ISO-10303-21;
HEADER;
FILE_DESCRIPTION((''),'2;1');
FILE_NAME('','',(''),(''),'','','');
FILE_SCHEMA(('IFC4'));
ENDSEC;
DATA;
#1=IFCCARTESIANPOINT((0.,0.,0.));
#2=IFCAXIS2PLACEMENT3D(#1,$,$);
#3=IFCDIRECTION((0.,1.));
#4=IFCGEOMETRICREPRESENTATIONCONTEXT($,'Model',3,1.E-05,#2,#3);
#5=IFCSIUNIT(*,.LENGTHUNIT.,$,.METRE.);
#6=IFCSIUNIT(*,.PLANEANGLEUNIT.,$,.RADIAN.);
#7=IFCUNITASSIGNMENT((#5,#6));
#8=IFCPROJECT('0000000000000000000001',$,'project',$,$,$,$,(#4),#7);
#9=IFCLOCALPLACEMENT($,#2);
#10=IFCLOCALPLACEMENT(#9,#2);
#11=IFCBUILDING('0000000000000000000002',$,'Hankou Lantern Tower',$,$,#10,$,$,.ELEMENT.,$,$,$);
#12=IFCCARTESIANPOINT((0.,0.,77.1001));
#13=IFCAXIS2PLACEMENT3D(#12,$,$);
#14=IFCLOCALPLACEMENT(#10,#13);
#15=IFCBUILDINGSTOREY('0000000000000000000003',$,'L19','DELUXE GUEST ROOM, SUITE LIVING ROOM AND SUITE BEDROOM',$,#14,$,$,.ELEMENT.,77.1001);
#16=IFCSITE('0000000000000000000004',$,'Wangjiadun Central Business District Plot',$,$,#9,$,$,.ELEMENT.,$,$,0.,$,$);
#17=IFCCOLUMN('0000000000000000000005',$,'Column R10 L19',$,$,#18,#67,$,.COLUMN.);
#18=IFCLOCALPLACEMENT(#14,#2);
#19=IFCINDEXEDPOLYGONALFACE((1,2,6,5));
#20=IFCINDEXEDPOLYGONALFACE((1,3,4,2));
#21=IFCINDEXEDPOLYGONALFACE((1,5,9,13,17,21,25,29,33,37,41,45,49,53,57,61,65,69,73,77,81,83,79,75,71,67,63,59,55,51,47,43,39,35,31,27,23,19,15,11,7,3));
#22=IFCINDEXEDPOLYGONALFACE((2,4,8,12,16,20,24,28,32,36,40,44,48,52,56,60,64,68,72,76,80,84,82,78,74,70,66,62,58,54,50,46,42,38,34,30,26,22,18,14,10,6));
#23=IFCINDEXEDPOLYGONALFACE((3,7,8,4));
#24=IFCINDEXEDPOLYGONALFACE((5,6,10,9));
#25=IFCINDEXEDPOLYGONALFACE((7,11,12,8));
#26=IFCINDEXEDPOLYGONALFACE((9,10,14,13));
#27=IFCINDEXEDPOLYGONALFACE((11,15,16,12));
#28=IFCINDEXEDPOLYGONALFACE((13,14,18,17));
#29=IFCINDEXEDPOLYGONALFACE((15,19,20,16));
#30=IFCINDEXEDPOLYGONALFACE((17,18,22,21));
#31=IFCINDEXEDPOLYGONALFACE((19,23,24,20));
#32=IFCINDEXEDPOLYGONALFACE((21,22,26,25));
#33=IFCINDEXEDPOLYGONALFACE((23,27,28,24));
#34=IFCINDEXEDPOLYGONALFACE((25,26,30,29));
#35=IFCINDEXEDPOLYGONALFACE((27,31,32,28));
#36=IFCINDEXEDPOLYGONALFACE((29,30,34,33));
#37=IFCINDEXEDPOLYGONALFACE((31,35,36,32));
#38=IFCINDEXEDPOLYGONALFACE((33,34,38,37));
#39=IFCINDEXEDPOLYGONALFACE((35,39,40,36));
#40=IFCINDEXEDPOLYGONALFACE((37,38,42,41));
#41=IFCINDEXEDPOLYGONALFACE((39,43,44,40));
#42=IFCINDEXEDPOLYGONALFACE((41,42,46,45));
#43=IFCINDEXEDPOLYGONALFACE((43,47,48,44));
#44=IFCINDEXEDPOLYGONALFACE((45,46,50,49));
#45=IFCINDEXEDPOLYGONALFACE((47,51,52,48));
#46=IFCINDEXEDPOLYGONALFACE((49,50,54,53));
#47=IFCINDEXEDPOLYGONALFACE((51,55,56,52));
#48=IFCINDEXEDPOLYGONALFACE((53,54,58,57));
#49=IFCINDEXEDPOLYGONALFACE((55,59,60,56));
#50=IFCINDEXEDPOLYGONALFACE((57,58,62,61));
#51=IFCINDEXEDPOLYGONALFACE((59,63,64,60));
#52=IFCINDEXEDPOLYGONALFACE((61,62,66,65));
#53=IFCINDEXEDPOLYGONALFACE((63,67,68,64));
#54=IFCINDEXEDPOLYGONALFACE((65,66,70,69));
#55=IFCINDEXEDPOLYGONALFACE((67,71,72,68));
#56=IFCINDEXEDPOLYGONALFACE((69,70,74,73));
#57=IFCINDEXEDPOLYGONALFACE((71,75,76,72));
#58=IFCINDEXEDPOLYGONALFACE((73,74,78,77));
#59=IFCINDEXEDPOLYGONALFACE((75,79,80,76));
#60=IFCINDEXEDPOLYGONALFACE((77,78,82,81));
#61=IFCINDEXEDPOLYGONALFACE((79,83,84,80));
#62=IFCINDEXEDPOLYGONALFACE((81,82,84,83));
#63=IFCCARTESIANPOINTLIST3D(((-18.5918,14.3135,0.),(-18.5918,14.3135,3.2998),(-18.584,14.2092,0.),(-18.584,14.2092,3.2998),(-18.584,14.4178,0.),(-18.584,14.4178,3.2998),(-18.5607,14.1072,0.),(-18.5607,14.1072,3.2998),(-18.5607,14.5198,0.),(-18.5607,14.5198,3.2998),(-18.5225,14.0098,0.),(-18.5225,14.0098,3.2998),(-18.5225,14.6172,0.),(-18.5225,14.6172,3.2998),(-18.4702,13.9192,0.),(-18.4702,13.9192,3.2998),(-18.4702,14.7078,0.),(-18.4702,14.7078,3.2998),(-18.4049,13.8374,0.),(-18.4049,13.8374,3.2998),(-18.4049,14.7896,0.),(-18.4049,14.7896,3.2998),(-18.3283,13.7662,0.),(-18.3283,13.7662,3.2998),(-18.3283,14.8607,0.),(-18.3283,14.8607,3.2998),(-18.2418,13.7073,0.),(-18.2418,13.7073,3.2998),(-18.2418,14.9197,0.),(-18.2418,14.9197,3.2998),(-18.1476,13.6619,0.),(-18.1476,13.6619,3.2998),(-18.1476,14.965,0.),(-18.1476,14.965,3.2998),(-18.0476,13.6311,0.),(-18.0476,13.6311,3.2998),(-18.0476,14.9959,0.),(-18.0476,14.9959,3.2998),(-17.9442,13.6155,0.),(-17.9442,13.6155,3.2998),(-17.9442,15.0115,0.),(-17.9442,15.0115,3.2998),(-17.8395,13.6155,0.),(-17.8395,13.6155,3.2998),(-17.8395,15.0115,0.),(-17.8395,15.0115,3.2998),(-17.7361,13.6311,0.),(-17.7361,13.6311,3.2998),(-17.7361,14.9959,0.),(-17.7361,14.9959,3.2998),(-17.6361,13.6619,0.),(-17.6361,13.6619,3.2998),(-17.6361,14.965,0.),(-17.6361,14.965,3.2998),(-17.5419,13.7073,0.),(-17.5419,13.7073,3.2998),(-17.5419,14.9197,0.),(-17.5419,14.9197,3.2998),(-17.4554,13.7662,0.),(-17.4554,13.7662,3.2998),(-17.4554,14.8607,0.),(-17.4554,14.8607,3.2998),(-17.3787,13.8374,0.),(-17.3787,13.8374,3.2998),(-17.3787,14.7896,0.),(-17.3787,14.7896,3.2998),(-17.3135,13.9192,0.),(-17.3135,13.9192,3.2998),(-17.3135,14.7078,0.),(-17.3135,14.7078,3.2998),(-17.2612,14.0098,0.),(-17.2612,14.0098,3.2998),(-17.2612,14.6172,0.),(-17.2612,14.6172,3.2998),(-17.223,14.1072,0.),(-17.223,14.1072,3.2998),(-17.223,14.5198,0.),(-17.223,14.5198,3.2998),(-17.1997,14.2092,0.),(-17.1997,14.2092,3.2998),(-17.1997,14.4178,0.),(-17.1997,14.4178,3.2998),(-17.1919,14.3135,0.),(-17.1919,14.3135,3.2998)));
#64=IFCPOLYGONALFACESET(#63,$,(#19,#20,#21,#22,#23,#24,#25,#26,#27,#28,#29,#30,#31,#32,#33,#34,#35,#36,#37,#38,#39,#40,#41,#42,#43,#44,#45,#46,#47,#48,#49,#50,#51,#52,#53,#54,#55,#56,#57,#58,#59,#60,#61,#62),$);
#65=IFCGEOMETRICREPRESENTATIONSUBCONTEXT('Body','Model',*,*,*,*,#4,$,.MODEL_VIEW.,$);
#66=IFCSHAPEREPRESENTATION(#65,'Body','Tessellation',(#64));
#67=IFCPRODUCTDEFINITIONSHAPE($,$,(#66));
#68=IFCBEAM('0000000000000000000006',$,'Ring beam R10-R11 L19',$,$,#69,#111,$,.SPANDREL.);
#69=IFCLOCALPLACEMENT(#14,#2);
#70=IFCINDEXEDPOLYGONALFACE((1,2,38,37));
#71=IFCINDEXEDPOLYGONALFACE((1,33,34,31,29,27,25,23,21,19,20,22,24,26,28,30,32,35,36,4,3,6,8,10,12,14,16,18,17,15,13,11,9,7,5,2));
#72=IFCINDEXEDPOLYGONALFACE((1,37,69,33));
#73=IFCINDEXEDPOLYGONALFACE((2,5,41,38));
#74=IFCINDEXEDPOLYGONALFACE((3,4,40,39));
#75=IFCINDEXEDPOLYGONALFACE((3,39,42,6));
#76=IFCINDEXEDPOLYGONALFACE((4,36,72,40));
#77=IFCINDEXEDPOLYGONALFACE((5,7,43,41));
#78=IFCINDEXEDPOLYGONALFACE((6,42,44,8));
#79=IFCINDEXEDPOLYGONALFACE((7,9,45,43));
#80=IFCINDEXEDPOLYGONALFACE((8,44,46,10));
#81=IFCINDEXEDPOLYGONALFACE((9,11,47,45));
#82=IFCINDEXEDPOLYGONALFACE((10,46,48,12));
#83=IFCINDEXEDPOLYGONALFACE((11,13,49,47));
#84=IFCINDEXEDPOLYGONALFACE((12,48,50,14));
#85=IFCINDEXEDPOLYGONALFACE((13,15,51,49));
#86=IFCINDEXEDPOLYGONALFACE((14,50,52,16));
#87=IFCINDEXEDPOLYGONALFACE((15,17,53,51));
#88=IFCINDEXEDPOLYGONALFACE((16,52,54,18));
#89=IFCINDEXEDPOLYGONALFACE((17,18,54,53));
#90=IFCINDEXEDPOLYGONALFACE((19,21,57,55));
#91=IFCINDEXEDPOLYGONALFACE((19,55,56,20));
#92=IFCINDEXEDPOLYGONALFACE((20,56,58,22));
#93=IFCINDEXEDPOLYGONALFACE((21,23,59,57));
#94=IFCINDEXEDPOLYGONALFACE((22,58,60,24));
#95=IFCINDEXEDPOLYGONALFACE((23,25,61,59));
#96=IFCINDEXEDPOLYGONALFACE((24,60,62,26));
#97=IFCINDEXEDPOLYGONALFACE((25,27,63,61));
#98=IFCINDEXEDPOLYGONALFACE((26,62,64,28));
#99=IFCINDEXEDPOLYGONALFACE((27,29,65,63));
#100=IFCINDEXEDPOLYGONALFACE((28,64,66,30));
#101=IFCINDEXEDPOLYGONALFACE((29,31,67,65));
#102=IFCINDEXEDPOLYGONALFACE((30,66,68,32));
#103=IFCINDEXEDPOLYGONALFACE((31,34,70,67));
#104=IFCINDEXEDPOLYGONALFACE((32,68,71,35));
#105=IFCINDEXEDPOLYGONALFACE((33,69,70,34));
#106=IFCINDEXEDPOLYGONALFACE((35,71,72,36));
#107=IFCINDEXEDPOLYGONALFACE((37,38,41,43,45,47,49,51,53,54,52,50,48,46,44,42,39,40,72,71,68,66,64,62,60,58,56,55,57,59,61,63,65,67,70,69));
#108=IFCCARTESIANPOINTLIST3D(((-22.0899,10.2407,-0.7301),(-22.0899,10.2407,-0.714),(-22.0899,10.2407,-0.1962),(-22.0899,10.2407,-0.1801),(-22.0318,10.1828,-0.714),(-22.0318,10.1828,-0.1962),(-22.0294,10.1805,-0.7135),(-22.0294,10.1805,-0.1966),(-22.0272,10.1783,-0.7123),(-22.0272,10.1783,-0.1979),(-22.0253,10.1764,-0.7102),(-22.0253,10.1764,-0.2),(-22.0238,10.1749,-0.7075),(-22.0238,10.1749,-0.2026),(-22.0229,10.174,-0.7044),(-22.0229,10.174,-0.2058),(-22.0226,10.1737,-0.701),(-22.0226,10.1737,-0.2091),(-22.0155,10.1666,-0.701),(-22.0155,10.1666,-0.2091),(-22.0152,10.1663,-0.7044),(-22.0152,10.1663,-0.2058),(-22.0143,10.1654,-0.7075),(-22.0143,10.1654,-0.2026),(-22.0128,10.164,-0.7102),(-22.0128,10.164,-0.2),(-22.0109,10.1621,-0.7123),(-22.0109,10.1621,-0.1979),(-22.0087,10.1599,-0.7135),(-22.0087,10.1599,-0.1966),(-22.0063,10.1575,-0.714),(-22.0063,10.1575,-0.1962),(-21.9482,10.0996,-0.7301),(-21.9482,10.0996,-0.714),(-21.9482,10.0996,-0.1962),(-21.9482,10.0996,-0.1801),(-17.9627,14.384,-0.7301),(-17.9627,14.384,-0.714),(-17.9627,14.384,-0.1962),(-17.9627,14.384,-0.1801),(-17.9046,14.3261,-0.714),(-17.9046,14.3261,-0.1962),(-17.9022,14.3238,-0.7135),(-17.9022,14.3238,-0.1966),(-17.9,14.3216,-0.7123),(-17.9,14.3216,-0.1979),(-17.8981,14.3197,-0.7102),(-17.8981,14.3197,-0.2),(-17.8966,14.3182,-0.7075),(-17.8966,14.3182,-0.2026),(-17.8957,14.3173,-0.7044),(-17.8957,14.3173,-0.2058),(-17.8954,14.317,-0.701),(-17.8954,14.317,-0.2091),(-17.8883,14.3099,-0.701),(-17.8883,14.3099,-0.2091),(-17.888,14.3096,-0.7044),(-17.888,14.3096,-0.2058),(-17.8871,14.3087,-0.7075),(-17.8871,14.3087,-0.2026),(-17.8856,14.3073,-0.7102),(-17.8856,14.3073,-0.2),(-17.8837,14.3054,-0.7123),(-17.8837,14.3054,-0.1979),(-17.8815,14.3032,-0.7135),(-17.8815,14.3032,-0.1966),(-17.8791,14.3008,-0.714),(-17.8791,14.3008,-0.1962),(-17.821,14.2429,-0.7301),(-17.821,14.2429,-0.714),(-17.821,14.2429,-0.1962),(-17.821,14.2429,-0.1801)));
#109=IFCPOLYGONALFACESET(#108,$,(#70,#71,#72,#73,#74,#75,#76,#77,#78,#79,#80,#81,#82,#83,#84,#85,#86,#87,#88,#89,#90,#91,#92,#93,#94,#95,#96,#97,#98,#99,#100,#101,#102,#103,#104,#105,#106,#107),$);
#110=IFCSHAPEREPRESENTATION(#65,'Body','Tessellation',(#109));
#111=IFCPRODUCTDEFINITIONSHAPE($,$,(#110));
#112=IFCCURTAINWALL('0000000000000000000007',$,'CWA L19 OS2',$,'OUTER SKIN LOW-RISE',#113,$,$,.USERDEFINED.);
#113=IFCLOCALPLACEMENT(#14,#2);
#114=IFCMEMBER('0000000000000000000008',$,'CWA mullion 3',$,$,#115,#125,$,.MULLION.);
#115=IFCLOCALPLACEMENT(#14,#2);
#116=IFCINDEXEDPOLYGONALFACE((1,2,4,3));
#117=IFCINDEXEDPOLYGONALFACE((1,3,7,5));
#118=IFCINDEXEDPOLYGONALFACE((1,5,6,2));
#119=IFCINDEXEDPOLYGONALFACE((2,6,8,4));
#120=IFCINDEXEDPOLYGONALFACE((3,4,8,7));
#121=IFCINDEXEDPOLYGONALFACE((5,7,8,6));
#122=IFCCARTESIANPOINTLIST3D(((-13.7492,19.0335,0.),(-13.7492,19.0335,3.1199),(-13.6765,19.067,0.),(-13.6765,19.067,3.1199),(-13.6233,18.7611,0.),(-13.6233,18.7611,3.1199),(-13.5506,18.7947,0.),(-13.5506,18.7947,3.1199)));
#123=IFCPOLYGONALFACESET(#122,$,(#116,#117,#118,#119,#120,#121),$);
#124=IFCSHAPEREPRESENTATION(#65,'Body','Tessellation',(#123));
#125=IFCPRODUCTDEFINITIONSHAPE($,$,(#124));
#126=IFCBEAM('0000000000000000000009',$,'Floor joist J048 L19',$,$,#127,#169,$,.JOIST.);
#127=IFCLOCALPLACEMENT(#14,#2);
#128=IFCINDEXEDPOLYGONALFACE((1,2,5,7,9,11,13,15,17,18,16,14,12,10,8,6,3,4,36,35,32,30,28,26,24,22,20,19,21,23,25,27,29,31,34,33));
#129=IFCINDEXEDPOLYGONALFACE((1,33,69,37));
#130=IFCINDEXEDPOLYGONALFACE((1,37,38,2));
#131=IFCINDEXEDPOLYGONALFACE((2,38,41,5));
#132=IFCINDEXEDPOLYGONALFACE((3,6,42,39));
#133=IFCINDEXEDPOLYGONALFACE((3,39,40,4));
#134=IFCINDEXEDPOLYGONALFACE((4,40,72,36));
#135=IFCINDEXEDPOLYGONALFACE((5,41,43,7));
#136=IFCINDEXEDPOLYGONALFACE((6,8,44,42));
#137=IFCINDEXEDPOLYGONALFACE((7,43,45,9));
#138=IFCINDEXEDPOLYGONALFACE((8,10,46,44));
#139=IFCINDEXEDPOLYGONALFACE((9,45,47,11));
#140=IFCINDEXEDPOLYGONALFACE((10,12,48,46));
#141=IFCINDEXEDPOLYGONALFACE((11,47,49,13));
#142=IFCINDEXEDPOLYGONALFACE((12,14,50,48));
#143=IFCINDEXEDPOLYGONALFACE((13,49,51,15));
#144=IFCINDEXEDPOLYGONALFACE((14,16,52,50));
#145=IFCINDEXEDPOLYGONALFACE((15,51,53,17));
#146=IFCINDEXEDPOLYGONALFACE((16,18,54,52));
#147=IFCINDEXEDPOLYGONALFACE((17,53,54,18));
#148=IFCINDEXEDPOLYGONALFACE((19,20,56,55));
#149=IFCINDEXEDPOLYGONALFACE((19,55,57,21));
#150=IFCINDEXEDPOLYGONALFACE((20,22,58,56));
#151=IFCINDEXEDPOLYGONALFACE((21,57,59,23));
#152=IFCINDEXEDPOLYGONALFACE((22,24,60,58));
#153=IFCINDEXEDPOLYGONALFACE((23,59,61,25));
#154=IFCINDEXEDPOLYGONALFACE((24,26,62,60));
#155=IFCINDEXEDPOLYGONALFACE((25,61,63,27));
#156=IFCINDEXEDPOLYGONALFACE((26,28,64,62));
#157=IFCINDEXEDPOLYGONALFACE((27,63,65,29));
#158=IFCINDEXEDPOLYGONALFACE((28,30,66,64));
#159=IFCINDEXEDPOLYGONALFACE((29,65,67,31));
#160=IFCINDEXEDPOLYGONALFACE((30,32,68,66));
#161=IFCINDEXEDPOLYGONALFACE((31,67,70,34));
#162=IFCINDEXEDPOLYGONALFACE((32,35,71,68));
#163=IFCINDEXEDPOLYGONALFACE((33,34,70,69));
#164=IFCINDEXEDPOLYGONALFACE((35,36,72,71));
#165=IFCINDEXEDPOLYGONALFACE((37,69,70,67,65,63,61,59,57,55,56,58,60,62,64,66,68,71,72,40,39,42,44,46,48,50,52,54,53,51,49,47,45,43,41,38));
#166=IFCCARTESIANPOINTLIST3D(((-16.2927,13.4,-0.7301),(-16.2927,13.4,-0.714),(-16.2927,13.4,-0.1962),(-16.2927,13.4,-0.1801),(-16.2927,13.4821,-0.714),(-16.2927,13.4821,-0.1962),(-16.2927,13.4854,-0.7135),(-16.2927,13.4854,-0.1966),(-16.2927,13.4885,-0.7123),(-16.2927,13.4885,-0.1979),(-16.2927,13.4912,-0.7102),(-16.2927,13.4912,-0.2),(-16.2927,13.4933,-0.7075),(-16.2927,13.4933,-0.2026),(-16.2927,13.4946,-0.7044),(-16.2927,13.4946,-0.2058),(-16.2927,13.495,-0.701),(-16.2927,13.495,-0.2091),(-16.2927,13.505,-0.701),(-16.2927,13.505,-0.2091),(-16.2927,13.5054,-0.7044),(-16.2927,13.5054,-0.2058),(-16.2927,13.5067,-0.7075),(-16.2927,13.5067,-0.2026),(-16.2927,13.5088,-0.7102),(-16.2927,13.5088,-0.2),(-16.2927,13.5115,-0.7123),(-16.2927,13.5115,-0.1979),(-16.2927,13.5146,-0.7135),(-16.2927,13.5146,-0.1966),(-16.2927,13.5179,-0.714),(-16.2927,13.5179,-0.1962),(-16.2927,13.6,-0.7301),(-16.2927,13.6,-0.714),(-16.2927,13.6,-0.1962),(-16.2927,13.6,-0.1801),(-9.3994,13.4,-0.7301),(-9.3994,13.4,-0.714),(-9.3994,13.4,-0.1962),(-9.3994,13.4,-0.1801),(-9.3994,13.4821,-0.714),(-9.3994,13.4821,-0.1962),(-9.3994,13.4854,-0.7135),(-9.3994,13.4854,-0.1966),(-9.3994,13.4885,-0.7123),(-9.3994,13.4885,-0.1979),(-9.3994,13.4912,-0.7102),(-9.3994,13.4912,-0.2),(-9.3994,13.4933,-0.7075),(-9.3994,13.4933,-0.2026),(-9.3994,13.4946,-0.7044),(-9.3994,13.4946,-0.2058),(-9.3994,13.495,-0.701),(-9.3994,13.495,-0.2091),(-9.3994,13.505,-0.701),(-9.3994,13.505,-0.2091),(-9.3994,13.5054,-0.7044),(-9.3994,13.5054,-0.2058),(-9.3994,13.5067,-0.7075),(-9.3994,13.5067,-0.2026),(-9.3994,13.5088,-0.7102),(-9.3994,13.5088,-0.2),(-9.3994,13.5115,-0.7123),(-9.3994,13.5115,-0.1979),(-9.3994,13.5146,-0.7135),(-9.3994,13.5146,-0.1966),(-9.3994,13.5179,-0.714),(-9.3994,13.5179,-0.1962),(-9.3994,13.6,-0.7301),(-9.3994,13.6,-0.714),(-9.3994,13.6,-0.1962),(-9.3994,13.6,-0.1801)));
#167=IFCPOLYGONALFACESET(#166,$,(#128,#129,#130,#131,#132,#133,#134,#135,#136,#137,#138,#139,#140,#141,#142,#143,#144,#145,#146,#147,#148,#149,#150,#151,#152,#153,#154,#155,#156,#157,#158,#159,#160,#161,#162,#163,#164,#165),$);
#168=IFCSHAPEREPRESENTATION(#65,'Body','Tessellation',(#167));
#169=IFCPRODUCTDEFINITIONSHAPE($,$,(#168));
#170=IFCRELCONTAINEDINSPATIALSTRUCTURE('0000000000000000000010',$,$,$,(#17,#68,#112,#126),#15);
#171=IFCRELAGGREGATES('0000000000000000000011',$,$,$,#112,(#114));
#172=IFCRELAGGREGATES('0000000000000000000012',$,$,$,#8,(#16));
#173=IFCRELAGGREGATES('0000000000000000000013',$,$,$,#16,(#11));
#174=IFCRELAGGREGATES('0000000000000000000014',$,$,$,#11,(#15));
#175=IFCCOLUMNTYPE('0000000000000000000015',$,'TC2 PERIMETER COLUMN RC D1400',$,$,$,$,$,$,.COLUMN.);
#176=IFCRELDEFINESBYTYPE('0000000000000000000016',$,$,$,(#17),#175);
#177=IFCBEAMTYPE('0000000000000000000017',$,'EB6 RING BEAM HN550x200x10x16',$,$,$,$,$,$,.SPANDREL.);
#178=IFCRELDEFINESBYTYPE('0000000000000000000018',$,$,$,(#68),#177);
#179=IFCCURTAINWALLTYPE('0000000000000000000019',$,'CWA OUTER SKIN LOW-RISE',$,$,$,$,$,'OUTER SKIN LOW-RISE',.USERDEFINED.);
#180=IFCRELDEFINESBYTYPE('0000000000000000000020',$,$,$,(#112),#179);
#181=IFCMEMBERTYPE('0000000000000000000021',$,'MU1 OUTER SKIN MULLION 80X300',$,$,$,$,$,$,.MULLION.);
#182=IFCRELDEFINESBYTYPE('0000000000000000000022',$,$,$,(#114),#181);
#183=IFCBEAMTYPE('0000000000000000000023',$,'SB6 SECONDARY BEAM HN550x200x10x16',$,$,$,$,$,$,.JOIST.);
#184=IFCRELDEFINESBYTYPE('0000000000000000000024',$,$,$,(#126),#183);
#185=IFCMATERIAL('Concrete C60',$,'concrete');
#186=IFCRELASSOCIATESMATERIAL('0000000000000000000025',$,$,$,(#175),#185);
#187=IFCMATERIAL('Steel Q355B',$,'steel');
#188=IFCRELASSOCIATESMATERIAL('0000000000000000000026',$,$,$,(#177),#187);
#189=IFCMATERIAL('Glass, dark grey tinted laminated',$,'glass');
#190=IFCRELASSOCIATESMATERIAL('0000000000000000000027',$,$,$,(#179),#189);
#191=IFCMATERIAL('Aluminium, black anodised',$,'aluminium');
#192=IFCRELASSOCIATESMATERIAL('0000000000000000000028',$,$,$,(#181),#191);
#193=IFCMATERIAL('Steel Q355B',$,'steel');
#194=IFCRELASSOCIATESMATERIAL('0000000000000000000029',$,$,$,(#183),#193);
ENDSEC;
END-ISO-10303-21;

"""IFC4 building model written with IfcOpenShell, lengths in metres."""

from ifc_helpers import new_model, si_unit, direction, frame, origin, origin_2d, place, context, subcontext, project, spatial, rectangle, circle, i_section, extrude, material, material_profile, profile_set, type_object, element, aggregate, save


model = new_model("IFC4")

# Units and contexts
model_context = context("Model", 3, precision=1e-05, world=origin(), true_north=direction((0.0, 1.0)))
body_context = subcontext(model_context, "Body", "Model", "MODEL_VIEW")
ifc_project = project(units=[si_unit("LENGTHUNIT", "METRE"), si_unit("PLANEANGLEUNIT", "RADIAN")], contexts=[model_context])

# Site, building, storey
site_placement = place(None, origin())
site = spatial("IfcSite", under=ifc_project, at=site_placement, Name="Wangjiadun Central Business District Plot", CompositionType="ELEMENT", RefElevation=0.0)
building_placement = place(site_placement, origin())
building = spatial("IfcBuilding", under=site, at=building_placement, Name="Hankou Lantern Tower", CompositionType="ELEMENT")
storey_placement = place(building_placement, frame((0.0, 0.0, 77.1001)))
storey = spatial("IfcBuildingStorey", under=building, at=storey_placement, Name="L19", Description="DELUXE GUEST ROOM, SUITE LIVING ROOM AND SUITE BEDROOM", CompositionType="ELEMENT", Elevation=77.1001)

# Column
ifc_material_1 = material(Name="Concrete C60", Category="concrete")
ifc_material_profile_1 = material_profile(ifc_material_1, circle(Radius=0.7, at=origin_2d()), Name="RC D1400")
ifc_profile_set_1 = profile_set([ifc_material_profile_1], Name="Concrete C60")
column_type = type_object("IfcColumnType", Name="TC2 PERIMETER COLUMN RC D1400", PredefinedType="COLUMN", material=ifc_profile_set_1)
column_placement = place(storey_placement, frame((-17.8918, 14.3135, 0.0), z_axis=(0.0, 0.0, 1.0), x_axis=(1.0, 0.0, 0.0)))
element("IfcColumn", 1, at=column_placement, inside=storey, type_object=column_type, Name="Column R10 L19", PredefinedType="COLUMN", context=body_context, shape_type="SweptSolid", body=[
    extrude(circle(Radius=0.7, at=origin_2d()), origin(), (0.0, 0.0, 1.0), 3.2998),
])

# Beam
ifc_material_2 = material(Name="Steel Q355B", Category="steel")
ifc_material_profile_2 = material_profile(ifc_material_2, i_section(OverallWidth=0.2, OverallDepth=0.55, WebThickness=0.01, FlangeThickness=0.0161, FilletRadius=0.0129, at=origin_2d()), Name="HN550x200x10x16")
ifc_profile_set_2 = profile_set([ifc_material_profile_2], Name="Steel Q355B")
beam_type_1 = type_object("IfcBeamType", Name="EB6 RING BEAM HN550x200x10x16", PredefinedType="SPANDREL", material=ifc_profile_set_2)
beam_1_placement = place(storey_placement, frame((-17.8918, 14.3135, -0.4551), z_axis=(-0.705728, -0.708483, 0.0), x_axis=(0.708483, -0.705728, 0.0)))
element("IfcBeam", 2, at=beam_1_placement, inside=storey, type_object=beam_type_1, Name="Ring beam R10-R11 L19", PredefinedType="SPANDREL", context=body_context, shape_type="SweptSolid", body=[
    extrude(i_section(OverallWidth=0.2, OverallDepth=0.55, WebThickness=0.01, FlangeThickness=0.0161, FilletRadius=0.0129, at=origin_2d()), origin(), (0.0, 0.0, 1.0), 5.8481),
])

# Curtain wall, member
ifc_material_3 = material(Name="Glass, dark grey tinted laminated", Category="glass")
curtain_wall_type = type_object("IfcCurtainWallType", Name="CWA OUTER SKIN LOW-RISE", ElementType="OUTER SKIN LOW-RISE", PredefinedType="USERDEFINED", material=ifc_material_3)
curtain_wall_placement = place(storey_placement, origin())
curtain_wall = element("IfcCurtainWall", 3, at=curtain_wall_placement, inside=storey, type_object=curtain_wall_type, Name="CWA L19 OS2", ObjectType="OUTER SKIN LOW-RISE", PredefinedType="USERDEFINED")
ifc_material_4 = material(Name="Aluminium, black anodised", Category="aluminium")
ifc_material_profile_3 = material_profile(ifc_material_4, rectangle(XDim=0.0801, YDim=0.3, at=origin_2d()), Name="MU1 80X300")
ifc_profile_set_3 = profile_set([ifc_material_profile_3], Name="Aluminium, black anodised")
member_type_1 = type_object("IfcMemberType", Name="MU1 OUTER SKIN MULLION 80X300", PredefinedType="MULLION", material=ifc_profile_set_3)
member_1_placement = place(storey_placement, frame((-13.6499, 18.9141, 0.0), z_axis=(0.0, 0.0, 1.0), x_axis=(-0.907841, -0.419314, 0.0)))
member_1 = element("IfcMember", 4, at=member_1_placement, type_object=member_type_1, Name="CWA mullion 3", PredefinedType="MULLION", context=body_context, shape_type="SweptSolid", body=[
    extrude(rectangle(XDim=0.0801, YDim=0.3, at=origin_2d()), origin(), (0.0, 0.0, 1.0), 3.1199),
])

# Beam
ifc_material_5 = material(Name="Steel Q355B", Category="steel")
ifc_material_profile_4 = material_profile(ifc_material_5, i_section(OverallWidth=0.2, OverallDepth=0.55, WebThickness=0.01, FlangeThickness=0.0161, FilletRadius=0.0129, at=origin_2d()), Name="HN550x200x10x16")
ifc_profile_set_4 = profile_set([ifc_material_profile_4], Name="Steel Q355B")
beam_type_2 = type_object("IfcBeamType", Name="SB6 SECONDARY BEAM HN550x200x10x16", PredefinedType="JOIST", material=ifc_profile_set_4)
beam_2_placement = place(storey_placement, frame((-16.2927, 13.5, -0.4551), z_axis=(1.0, 0.0, 0.0), x_axis=(0.0, 1.0, 0.0)))
element("IfcBeam", 5, at=beam_2_placement, inside=storey, type_object=beam_type_2, Name="Floor joist J048 L19", PredefinedType="JOIST", context=body_context, shape_type="SweptSolid", body=[
    extrude(i_section(OverallWidth=0.2, OverallDepth=0.55, WebThickness=0.01, FlangeThickness=0.0161, FilletRadius=0.0129, at=origin_2d()), origin(), (0.0, 0.0, 1.0), 6.8933),
])

aggregate(curtain_wall, [member_1])

save(model, "model.ifc")
